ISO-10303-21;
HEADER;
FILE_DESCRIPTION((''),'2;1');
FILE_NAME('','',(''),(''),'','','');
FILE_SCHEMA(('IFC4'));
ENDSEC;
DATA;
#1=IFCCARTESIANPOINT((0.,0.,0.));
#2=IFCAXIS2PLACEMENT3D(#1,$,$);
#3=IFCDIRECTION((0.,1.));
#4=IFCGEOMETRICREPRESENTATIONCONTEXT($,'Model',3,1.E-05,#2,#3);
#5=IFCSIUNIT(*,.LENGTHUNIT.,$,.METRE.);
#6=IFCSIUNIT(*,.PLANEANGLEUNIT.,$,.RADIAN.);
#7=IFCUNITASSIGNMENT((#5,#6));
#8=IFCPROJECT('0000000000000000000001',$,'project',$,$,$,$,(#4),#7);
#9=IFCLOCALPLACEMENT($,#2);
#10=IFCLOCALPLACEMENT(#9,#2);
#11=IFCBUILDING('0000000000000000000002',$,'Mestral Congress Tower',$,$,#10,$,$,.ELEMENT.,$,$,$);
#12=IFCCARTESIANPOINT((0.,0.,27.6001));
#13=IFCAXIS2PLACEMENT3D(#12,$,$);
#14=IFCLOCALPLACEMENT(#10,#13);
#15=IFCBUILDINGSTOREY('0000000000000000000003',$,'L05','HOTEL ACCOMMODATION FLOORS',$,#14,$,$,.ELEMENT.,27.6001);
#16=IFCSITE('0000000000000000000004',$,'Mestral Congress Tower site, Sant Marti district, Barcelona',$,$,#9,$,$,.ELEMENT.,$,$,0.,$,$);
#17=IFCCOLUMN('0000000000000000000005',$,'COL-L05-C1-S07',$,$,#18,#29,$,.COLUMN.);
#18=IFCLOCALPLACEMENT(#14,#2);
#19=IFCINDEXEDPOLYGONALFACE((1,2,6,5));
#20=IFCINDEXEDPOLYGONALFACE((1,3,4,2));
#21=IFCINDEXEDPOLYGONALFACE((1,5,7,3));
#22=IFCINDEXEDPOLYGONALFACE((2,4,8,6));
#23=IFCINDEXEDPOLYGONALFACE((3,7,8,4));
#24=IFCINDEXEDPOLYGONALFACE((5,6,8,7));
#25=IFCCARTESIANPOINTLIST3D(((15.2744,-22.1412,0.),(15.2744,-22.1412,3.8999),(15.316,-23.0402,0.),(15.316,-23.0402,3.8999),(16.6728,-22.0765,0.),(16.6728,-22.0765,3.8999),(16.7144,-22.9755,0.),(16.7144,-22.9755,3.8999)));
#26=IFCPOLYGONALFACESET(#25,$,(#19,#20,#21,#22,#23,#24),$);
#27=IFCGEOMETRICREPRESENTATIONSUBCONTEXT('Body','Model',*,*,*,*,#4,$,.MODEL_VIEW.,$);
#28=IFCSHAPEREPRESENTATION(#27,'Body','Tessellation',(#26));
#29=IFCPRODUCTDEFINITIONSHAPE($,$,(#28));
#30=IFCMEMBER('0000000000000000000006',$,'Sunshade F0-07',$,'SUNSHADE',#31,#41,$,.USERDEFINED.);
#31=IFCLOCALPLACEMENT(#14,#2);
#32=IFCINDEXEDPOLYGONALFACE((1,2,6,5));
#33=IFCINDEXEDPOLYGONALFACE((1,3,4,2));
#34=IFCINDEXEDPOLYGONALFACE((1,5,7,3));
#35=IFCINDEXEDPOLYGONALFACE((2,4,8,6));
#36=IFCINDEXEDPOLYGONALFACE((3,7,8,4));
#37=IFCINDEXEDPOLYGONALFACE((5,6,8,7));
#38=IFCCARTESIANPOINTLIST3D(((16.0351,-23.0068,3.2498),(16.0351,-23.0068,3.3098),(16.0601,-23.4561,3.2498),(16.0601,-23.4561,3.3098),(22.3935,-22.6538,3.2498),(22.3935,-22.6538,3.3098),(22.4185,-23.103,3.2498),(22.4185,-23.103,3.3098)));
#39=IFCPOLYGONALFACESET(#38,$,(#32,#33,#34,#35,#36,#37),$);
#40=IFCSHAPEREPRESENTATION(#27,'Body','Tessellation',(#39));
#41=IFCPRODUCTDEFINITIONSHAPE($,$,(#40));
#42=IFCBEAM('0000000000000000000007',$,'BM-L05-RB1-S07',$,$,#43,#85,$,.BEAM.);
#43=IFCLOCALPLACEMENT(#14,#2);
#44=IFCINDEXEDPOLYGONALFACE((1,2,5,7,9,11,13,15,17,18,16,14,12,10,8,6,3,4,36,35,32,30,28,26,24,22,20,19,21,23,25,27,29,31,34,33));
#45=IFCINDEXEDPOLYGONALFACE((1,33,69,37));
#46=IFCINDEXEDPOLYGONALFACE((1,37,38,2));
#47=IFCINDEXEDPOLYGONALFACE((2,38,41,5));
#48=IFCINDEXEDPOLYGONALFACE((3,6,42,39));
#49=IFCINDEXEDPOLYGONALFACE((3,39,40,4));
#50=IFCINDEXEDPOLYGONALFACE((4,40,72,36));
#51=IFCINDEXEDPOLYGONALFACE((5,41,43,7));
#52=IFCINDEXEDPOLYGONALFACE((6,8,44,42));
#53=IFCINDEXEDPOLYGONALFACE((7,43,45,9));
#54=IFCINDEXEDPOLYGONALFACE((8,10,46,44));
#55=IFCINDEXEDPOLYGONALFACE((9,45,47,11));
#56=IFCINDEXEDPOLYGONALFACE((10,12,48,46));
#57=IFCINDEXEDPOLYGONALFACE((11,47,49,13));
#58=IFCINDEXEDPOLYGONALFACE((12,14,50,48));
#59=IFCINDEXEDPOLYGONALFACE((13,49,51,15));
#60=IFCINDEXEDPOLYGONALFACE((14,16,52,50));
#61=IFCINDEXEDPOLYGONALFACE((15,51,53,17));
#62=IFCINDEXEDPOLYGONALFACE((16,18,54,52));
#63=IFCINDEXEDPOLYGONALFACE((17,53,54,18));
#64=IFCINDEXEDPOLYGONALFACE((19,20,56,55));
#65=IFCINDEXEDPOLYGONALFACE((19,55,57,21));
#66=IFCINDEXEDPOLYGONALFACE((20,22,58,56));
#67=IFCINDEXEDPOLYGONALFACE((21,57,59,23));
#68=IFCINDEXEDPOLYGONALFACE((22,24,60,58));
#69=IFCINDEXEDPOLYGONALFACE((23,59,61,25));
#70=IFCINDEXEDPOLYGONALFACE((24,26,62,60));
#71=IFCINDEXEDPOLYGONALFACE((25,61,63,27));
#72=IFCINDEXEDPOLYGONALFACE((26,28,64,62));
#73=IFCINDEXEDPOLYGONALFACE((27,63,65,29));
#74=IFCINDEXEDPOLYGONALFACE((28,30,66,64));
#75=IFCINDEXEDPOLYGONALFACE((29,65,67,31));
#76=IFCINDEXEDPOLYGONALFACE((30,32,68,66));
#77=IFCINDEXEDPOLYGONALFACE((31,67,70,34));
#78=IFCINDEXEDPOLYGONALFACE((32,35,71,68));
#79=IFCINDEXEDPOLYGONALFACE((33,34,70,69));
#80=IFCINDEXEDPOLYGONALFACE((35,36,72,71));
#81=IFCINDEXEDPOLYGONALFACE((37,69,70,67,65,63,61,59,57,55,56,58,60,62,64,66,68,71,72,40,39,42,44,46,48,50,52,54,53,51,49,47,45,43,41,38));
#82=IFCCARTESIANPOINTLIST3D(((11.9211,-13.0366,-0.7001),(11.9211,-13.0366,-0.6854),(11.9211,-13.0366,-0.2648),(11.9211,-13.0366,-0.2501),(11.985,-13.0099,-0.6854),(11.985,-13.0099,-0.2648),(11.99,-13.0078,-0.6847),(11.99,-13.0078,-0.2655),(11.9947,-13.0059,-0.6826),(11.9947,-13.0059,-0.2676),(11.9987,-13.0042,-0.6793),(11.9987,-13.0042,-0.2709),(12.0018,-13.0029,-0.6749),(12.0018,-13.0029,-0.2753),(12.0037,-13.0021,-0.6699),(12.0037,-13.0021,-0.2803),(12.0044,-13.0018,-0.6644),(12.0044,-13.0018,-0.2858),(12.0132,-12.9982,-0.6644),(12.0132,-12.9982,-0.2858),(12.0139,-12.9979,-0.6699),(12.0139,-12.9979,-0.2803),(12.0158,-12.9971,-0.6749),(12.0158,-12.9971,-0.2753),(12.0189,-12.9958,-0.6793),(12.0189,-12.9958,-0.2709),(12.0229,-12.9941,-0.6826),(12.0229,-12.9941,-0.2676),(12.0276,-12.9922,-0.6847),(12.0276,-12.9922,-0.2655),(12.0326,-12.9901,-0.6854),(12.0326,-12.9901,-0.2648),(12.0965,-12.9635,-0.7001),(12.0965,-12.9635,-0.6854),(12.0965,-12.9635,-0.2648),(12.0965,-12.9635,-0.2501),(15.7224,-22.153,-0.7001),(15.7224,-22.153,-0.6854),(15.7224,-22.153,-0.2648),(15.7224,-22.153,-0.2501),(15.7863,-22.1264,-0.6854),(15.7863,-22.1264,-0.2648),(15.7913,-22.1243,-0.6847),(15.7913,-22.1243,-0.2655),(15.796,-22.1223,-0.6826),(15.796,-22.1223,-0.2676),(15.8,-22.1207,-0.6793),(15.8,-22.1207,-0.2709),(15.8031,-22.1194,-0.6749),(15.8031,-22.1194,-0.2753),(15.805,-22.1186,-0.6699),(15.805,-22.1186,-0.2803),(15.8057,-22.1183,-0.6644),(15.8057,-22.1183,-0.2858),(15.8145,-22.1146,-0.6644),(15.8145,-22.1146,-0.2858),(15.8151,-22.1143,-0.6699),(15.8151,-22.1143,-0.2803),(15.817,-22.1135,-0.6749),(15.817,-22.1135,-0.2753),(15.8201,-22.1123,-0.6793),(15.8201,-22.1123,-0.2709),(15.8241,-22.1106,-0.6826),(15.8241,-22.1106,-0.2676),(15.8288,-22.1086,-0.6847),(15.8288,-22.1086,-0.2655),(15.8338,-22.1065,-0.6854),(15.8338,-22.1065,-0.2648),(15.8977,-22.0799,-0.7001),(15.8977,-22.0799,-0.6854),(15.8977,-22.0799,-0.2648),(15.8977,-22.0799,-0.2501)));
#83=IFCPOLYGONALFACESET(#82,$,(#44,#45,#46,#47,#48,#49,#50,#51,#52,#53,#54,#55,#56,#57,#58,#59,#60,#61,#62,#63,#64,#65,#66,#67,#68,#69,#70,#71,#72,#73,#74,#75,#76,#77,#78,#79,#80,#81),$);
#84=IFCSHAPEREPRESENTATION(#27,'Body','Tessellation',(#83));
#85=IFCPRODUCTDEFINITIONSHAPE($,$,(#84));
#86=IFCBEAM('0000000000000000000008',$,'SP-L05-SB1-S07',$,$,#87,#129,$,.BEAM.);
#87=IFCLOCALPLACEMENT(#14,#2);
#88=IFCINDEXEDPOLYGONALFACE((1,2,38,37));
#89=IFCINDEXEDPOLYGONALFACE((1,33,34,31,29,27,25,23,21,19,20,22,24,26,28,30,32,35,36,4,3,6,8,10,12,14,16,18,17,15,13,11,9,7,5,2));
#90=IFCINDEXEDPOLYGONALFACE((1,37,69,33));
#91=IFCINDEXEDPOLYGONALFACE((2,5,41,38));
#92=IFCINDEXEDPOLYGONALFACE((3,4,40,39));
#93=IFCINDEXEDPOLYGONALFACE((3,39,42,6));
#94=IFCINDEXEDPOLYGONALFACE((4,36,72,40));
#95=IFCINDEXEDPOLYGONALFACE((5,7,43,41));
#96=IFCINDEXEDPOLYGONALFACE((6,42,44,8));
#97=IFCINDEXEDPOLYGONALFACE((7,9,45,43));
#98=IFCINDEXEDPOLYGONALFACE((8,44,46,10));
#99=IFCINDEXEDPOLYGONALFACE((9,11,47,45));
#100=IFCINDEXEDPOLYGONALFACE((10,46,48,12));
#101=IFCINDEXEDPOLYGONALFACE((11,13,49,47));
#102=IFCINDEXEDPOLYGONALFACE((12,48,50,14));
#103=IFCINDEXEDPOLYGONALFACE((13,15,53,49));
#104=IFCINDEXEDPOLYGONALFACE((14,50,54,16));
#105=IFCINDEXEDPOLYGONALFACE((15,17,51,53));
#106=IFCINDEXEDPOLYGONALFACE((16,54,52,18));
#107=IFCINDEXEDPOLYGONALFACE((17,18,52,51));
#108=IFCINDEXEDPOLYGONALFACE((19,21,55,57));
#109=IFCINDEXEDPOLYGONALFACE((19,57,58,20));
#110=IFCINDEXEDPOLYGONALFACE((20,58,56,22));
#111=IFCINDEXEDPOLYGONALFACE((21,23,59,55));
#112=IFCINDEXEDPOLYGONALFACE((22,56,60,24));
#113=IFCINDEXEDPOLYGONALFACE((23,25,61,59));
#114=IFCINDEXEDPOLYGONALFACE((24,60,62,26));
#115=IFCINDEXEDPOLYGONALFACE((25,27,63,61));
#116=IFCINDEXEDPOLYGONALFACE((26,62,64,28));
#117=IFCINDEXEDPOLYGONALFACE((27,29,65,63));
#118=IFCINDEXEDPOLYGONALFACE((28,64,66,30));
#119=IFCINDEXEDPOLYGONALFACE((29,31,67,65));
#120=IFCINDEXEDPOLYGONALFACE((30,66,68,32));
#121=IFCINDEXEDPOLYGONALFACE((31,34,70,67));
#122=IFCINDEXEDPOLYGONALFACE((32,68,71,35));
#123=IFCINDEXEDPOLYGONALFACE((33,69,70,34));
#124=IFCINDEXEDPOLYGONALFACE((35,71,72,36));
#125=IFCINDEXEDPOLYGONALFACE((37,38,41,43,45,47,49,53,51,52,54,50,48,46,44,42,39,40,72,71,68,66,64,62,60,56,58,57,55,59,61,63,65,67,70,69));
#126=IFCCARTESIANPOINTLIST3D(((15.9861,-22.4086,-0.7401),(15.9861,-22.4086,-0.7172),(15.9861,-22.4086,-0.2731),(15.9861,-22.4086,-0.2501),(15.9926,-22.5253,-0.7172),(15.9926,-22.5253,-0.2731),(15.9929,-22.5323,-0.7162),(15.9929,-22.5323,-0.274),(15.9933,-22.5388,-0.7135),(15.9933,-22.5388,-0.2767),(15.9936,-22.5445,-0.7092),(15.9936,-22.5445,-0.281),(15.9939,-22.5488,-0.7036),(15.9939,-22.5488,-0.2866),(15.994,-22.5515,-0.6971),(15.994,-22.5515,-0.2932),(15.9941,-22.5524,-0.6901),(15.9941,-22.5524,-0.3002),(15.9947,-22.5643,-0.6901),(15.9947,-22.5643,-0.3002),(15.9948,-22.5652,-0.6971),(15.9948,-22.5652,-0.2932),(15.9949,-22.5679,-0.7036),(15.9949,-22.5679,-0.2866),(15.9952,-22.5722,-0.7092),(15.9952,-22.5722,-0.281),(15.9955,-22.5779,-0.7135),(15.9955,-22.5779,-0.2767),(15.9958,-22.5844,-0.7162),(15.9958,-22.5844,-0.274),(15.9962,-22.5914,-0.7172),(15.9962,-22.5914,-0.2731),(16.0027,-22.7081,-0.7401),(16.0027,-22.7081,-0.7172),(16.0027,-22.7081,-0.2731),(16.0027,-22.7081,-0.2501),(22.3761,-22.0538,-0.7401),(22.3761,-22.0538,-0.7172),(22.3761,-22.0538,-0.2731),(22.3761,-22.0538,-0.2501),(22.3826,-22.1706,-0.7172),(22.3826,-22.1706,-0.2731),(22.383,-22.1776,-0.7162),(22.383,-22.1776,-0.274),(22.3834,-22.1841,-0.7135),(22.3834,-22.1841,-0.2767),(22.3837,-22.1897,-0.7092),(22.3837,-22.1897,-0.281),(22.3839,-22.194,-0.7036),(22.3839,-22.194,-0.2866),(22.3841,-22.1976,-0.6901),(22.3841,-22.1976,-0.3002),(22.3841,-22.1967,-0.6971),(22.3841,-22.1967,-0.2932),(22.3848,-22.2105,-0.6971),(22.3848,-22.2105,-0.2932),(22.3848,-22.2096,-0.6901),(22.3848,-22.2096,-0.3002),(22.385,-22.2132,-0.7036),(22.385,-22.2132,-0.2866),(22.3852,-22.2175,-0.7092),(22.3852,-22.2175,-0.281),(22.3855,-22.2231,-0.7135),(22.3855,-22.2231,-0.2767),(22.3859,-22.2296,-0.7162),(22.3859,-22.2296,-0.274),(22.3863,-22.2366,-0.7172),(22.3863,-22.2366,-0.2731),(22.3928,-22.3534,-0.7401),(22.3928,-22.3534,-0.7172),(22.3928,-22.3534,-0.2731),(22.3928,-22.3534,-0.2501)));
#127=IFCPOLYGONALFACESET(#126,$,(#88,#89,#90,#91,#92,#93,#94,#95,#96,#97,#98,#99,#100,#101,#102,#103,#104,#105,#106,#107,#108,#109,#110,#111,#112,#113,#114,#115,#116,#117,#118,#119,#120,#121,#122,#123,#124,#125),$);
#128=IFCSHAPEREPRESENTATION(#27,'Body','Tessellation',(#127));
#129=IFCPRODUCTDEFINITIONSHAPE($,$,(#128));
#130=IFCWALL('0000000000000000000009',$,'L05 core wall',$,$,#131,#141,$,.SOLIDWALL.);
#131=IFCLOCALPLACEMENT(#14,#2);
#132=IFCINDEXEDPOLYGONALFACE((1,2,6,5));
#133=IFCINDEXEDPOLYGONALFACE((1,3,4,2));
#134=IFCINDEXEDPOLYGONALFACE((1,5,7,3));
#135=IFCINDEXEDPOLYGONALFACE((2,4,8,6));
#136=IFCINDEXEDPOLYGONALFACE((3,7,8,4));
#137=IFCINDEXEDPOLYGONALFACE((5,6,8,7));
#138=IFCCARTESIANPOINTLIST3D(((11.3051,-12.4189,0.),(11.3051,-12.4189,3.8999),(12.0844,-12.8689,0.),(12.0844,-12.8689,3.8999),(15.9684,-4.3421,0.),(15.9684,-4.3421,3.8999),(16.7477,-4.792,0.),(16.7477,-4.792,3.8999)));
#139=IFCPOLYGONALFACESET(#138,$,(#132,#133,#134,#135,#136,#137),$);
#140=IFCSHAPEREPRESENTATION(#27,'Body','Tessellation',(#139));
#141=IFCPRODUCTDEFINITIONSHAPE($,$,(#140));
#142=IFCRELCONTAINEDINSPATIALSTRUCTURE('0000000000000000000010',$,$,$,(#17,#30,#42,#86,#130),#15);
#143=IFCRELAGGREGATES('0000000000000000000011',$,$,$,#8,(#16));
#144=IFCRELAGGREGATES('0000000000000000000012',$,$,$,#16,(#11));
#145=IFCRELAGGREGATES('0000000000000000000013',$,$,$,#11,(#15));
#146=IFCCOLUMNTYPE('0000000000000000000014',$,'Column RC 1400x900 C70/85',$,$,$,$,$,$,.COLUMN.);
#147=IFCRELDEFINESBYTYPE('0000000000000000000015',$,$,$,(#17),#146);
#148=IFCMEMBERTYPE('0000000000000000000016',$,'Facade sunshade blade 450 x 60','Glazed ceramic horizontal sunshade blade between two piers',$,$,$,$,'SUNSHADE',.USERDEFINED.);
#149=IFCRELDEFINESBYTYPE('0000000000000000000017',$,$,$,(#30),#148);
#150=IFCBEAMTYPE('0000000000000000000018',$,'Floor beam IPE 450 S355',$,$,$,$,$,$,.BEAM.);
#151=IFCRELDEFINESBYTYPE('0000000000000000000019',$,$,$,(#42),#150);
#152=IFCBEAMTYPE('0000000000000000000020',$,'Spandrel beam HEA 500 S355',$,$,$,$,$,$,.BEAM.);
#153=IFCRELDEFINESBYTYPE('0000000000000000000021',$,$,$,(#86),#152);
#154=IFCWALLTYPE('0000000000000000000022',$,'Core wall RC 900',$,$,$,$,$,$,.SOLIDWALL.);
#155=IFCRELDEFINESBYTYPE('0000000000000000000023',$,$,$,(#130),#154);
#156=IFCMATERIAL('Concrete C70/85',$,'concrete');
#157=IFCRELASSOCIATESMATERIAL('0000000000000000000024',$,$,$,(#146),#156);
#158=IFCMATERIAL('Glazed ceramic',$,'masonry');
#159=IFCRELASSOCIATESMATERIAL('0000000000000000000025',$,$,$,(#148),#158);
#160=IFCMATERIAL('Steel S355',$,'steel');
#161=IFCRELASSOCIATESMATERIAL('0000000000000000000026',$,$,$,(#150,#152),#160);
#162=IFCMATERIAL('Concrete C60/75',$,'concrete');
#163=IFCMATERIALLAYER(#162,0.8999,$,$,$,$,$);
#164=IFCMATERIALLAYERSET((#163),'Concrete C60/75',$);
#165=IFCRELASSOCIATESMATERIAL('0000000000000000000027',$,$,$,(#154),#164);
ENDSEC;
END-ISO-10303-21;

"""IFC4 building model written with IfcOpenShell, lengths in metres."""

from ifc_helpers import new_model, si_unit, direction, frame, frame_2d, origin, origin_2d, place, context, subcontext, project, spatial, rectangle, i_section, extrude, material, layer, layer_set, material_profile, profile_set, type_object, element, save


model = new_model("IFC4")

# Units and contexts
model_context = context("Model", 3, precision=1e-05, world=origin(), true_north=direction((0.0, 1.0)))
body_context = subcontext(model_context, "Body", "Model", "MODEL_VIEW")
ifc_project = project(units=[si_unit("LENGTHUNIT", "METRE"), si_unit("PLANEANGLEUNIT", "RADIAN")], contexts=[model_context])

# Site, building, storey
site_placement = place(None, origin())
site = spatial("IfcSite", under=ifc_project, at=site_placement, Name="Mestral Congress Tower site, Sant Marti district, Barcelona", CompositionType="ELEMENT", RefElevation=0.0)
building_placement = place(site_placement, origin())
building = spatial("IfcBuilding", under=site, at=building_placement, Name="Mestral Congress Tower", CompositionType="ELEMENT")
storey_placement = place(building_placement, frame((0.0, 0.0, 27.6001)))
storey = spatial("IfcBuildingStorey", under=building, at=storey_placement, Name="L05", Description="HOTEL ACCOMMODATION FLOORS", CompositionType="ELEMENT", Elevation=27.6001)

# Column
ifc_material_1 = material(Name="Concrete C70/85", Category="concrete")
ifc_material_profile_1 = material_profile(ifc_material_1, rectangle(XDim=1.3999, YDim=0.8999, at=origin_2d()), Name="RC 1400x900")
ifc_profile_set_1 = profile_set([ifc_material_profile_1], Name="Concrete C70/85")
column_type = type_object("IfcColumnType", Name="Column RC 1400x900 C70/85", PredefinedType="COLUMN", material=ifc_profile_set_1)
column_placement = place(storey_placement, frame((15.9944, -22.5583, 0.0), z_axis=(0.0, 0.0, 1.0), x_axis=(0.998932, 0.0462, 0.0)))
element("IfcColumn", 1, at=column_placement, inside=storey, type_object=column_type, Name="COL-L05-C1-S07", PredefinedType="COLUMN", context=body_context, shape_type="SweptSolid", body=[
    extrude(rectangle(XDim=1.3999, YDim=0.8999, at=origin_2d()), origin(), (0.0, 0.0, 1.0), 3.8999),
])

# Member
ifc_material_2 = material(Name="Glazed ceramic", Category="masonry")
ifc_material_profile_2 = material_profile(ifc_material_2, rectangle(XDim=0.45, YDim=0.0601, at=origin_2d()), Name="Ceramic blade 450 x 60")
ifc_profile_set_2 = profile_set([ifc_material_profile_2], Name="Glazed ceramic")
member_type = type_object("IfcMemberType", Name="Facade sunshade blade 450 x 60", Description="Glazed ceramic horizontal sunshade blade between two piers", ElementType="SUNSHADE", PredefinedType="USERDEFINED", material=ifc_profile_set_2)
member_placement = place(storey_placement, frame((16.0476, -23.2314, 3.2798), z_axis=(0.998462, 0.055436, 0.0), x_axis=(-0.055436, 0.998462, 0.0)))
element("IfcMember", 2, at=member_placement, inside=storey, type_object=member_type, Name="Sunshade F0-07", ObjectType="SUNSHADE", PredefinedType="USERDEFINED", context=body_context, shape_type="SweptSolid", body=[
    extrude(rectangle(XDim=0.45, YDim=0.0601, at=origin_2d()), origin(), (0.0, 0.0, 1.0), 6.3682),
])

# Beams
ifc_material_3 = material(Name="Steel S355", Category="steel")
ifc_material_profile_3 = material_profile(ifc_material_3, i_section(OverallWidth=0.1899, OverallDepth=0.45, WebThickness=0.0095, FlangeThickness=0.0146, FilletRadius=0.021, at=origin_2d()), Name="IPE 450")
ifc_profile_set_3 = profile_set([ifc_material_profile_3], Name="Steel S355")
beam_type_1 = type_object("IfcBeamType", Name="Floor beam IPE 450 S355", PredefinedType="BEAM", material=ifc_profile_set_3)
beam_1_placement = place(storey_placement, frame((15.8101, -22.1165, -0.4751), z_axis=(-0.384852, 0.922978, 0.0), x_axis=(-0.922978, -0.384852, 0.0)))
element("IfcBeam", 3, at=beam_1_placement, inside=storey, type_object=beam_type_1, Name="BM-L05-RB1-S07", PredefinedType="BEAM", context=body_context, shape_type="SweptSolid", body=[
    extrude(i_section(OverallWidth=0.1899, OverallDepth=0.45, WebThickness=0.0095, FlangeThickness=0.0146, FilletRadius=0.021, at=origin_2d()), origin(), (0.0, 0.0, 1.0), 9.8772),
])
ifc_material_profile_4 = material_profile(ifc_material_3, i_section(OverallWidth=0.3, OverallDepth=0.49, WebThickness=0.012, FlangeThickness=0.0229, FilletRadius=0.0271, at=origin_2d()), Name="HEA 500")
ifc_profile_set_4 = profile_set([ifc_material_profile_4], Name="Steel S355")
beam_type_2 = type_object("IfcBeamType", Name="Spandrel beam HEA 500 S355", PredefinedType="BEAM", material=ifc_profile_set_4)
beam_2_placement = place(storey_placement, frame((15.9944, -22.5583, -0.4951), z_axis=(0.998463, 0.055428, 0.0), x_axis=(-0.055428, 0.998463, 0.0)))
element("IfcBeam", 4, at=beam_2_placement, inside=storey, type_object=beam_type_2, Name="SP-L05-SB1-S07", PredefinedType="BEAM", context=body_context, shape_type="SweptSolid", body=[
    extrude(i_section(OverallWidth=0.3, OverallDepth=0.49, WebThickness=0.012, FlangeThickness=0.0229, FilletRadius=0.0271, at=origin_2d()), origin(), (0.0, 0.0, 1.0), 6.3999),
])

# Wall
ifc_material_4 = material(Name="Concrete C60/75", Category="concrete")
ifc_layer_1 = layer(ifc_material_4, 0.8999)
ifc_layer_set_1 = layer_set([ifc_layer_1], Name="Concrete C60/75")
wall_type_1 = type_object("IfcWallType", Name="Core wall RC 900", PredefinedType="SOLIDWALL", material=ifc_layer_set_1)
wall_1_placement = place(storey_placement, frame((11.6948, -12.6438, 0.0), z_axis=(0.0, 0.0, 1.0), x_axis=(0.50001, 0.866019, 0.0)))
element("IfcWall", 5, at=wall_1_placement, inside=storey, type_object=wall_type_1, Name="L05 core wall", PredefinedType="SOLIDWALL", context=body_context, shape_type="SweptSolid", body=[
    extrude(rectangle(XDim=9.3264, YDim=0.8999, at=frame_2d((4.6631, 0.0))), origin(), (0.0, 0.0, 1.0), 3.8999),
])

save(model, "model.ifc")
